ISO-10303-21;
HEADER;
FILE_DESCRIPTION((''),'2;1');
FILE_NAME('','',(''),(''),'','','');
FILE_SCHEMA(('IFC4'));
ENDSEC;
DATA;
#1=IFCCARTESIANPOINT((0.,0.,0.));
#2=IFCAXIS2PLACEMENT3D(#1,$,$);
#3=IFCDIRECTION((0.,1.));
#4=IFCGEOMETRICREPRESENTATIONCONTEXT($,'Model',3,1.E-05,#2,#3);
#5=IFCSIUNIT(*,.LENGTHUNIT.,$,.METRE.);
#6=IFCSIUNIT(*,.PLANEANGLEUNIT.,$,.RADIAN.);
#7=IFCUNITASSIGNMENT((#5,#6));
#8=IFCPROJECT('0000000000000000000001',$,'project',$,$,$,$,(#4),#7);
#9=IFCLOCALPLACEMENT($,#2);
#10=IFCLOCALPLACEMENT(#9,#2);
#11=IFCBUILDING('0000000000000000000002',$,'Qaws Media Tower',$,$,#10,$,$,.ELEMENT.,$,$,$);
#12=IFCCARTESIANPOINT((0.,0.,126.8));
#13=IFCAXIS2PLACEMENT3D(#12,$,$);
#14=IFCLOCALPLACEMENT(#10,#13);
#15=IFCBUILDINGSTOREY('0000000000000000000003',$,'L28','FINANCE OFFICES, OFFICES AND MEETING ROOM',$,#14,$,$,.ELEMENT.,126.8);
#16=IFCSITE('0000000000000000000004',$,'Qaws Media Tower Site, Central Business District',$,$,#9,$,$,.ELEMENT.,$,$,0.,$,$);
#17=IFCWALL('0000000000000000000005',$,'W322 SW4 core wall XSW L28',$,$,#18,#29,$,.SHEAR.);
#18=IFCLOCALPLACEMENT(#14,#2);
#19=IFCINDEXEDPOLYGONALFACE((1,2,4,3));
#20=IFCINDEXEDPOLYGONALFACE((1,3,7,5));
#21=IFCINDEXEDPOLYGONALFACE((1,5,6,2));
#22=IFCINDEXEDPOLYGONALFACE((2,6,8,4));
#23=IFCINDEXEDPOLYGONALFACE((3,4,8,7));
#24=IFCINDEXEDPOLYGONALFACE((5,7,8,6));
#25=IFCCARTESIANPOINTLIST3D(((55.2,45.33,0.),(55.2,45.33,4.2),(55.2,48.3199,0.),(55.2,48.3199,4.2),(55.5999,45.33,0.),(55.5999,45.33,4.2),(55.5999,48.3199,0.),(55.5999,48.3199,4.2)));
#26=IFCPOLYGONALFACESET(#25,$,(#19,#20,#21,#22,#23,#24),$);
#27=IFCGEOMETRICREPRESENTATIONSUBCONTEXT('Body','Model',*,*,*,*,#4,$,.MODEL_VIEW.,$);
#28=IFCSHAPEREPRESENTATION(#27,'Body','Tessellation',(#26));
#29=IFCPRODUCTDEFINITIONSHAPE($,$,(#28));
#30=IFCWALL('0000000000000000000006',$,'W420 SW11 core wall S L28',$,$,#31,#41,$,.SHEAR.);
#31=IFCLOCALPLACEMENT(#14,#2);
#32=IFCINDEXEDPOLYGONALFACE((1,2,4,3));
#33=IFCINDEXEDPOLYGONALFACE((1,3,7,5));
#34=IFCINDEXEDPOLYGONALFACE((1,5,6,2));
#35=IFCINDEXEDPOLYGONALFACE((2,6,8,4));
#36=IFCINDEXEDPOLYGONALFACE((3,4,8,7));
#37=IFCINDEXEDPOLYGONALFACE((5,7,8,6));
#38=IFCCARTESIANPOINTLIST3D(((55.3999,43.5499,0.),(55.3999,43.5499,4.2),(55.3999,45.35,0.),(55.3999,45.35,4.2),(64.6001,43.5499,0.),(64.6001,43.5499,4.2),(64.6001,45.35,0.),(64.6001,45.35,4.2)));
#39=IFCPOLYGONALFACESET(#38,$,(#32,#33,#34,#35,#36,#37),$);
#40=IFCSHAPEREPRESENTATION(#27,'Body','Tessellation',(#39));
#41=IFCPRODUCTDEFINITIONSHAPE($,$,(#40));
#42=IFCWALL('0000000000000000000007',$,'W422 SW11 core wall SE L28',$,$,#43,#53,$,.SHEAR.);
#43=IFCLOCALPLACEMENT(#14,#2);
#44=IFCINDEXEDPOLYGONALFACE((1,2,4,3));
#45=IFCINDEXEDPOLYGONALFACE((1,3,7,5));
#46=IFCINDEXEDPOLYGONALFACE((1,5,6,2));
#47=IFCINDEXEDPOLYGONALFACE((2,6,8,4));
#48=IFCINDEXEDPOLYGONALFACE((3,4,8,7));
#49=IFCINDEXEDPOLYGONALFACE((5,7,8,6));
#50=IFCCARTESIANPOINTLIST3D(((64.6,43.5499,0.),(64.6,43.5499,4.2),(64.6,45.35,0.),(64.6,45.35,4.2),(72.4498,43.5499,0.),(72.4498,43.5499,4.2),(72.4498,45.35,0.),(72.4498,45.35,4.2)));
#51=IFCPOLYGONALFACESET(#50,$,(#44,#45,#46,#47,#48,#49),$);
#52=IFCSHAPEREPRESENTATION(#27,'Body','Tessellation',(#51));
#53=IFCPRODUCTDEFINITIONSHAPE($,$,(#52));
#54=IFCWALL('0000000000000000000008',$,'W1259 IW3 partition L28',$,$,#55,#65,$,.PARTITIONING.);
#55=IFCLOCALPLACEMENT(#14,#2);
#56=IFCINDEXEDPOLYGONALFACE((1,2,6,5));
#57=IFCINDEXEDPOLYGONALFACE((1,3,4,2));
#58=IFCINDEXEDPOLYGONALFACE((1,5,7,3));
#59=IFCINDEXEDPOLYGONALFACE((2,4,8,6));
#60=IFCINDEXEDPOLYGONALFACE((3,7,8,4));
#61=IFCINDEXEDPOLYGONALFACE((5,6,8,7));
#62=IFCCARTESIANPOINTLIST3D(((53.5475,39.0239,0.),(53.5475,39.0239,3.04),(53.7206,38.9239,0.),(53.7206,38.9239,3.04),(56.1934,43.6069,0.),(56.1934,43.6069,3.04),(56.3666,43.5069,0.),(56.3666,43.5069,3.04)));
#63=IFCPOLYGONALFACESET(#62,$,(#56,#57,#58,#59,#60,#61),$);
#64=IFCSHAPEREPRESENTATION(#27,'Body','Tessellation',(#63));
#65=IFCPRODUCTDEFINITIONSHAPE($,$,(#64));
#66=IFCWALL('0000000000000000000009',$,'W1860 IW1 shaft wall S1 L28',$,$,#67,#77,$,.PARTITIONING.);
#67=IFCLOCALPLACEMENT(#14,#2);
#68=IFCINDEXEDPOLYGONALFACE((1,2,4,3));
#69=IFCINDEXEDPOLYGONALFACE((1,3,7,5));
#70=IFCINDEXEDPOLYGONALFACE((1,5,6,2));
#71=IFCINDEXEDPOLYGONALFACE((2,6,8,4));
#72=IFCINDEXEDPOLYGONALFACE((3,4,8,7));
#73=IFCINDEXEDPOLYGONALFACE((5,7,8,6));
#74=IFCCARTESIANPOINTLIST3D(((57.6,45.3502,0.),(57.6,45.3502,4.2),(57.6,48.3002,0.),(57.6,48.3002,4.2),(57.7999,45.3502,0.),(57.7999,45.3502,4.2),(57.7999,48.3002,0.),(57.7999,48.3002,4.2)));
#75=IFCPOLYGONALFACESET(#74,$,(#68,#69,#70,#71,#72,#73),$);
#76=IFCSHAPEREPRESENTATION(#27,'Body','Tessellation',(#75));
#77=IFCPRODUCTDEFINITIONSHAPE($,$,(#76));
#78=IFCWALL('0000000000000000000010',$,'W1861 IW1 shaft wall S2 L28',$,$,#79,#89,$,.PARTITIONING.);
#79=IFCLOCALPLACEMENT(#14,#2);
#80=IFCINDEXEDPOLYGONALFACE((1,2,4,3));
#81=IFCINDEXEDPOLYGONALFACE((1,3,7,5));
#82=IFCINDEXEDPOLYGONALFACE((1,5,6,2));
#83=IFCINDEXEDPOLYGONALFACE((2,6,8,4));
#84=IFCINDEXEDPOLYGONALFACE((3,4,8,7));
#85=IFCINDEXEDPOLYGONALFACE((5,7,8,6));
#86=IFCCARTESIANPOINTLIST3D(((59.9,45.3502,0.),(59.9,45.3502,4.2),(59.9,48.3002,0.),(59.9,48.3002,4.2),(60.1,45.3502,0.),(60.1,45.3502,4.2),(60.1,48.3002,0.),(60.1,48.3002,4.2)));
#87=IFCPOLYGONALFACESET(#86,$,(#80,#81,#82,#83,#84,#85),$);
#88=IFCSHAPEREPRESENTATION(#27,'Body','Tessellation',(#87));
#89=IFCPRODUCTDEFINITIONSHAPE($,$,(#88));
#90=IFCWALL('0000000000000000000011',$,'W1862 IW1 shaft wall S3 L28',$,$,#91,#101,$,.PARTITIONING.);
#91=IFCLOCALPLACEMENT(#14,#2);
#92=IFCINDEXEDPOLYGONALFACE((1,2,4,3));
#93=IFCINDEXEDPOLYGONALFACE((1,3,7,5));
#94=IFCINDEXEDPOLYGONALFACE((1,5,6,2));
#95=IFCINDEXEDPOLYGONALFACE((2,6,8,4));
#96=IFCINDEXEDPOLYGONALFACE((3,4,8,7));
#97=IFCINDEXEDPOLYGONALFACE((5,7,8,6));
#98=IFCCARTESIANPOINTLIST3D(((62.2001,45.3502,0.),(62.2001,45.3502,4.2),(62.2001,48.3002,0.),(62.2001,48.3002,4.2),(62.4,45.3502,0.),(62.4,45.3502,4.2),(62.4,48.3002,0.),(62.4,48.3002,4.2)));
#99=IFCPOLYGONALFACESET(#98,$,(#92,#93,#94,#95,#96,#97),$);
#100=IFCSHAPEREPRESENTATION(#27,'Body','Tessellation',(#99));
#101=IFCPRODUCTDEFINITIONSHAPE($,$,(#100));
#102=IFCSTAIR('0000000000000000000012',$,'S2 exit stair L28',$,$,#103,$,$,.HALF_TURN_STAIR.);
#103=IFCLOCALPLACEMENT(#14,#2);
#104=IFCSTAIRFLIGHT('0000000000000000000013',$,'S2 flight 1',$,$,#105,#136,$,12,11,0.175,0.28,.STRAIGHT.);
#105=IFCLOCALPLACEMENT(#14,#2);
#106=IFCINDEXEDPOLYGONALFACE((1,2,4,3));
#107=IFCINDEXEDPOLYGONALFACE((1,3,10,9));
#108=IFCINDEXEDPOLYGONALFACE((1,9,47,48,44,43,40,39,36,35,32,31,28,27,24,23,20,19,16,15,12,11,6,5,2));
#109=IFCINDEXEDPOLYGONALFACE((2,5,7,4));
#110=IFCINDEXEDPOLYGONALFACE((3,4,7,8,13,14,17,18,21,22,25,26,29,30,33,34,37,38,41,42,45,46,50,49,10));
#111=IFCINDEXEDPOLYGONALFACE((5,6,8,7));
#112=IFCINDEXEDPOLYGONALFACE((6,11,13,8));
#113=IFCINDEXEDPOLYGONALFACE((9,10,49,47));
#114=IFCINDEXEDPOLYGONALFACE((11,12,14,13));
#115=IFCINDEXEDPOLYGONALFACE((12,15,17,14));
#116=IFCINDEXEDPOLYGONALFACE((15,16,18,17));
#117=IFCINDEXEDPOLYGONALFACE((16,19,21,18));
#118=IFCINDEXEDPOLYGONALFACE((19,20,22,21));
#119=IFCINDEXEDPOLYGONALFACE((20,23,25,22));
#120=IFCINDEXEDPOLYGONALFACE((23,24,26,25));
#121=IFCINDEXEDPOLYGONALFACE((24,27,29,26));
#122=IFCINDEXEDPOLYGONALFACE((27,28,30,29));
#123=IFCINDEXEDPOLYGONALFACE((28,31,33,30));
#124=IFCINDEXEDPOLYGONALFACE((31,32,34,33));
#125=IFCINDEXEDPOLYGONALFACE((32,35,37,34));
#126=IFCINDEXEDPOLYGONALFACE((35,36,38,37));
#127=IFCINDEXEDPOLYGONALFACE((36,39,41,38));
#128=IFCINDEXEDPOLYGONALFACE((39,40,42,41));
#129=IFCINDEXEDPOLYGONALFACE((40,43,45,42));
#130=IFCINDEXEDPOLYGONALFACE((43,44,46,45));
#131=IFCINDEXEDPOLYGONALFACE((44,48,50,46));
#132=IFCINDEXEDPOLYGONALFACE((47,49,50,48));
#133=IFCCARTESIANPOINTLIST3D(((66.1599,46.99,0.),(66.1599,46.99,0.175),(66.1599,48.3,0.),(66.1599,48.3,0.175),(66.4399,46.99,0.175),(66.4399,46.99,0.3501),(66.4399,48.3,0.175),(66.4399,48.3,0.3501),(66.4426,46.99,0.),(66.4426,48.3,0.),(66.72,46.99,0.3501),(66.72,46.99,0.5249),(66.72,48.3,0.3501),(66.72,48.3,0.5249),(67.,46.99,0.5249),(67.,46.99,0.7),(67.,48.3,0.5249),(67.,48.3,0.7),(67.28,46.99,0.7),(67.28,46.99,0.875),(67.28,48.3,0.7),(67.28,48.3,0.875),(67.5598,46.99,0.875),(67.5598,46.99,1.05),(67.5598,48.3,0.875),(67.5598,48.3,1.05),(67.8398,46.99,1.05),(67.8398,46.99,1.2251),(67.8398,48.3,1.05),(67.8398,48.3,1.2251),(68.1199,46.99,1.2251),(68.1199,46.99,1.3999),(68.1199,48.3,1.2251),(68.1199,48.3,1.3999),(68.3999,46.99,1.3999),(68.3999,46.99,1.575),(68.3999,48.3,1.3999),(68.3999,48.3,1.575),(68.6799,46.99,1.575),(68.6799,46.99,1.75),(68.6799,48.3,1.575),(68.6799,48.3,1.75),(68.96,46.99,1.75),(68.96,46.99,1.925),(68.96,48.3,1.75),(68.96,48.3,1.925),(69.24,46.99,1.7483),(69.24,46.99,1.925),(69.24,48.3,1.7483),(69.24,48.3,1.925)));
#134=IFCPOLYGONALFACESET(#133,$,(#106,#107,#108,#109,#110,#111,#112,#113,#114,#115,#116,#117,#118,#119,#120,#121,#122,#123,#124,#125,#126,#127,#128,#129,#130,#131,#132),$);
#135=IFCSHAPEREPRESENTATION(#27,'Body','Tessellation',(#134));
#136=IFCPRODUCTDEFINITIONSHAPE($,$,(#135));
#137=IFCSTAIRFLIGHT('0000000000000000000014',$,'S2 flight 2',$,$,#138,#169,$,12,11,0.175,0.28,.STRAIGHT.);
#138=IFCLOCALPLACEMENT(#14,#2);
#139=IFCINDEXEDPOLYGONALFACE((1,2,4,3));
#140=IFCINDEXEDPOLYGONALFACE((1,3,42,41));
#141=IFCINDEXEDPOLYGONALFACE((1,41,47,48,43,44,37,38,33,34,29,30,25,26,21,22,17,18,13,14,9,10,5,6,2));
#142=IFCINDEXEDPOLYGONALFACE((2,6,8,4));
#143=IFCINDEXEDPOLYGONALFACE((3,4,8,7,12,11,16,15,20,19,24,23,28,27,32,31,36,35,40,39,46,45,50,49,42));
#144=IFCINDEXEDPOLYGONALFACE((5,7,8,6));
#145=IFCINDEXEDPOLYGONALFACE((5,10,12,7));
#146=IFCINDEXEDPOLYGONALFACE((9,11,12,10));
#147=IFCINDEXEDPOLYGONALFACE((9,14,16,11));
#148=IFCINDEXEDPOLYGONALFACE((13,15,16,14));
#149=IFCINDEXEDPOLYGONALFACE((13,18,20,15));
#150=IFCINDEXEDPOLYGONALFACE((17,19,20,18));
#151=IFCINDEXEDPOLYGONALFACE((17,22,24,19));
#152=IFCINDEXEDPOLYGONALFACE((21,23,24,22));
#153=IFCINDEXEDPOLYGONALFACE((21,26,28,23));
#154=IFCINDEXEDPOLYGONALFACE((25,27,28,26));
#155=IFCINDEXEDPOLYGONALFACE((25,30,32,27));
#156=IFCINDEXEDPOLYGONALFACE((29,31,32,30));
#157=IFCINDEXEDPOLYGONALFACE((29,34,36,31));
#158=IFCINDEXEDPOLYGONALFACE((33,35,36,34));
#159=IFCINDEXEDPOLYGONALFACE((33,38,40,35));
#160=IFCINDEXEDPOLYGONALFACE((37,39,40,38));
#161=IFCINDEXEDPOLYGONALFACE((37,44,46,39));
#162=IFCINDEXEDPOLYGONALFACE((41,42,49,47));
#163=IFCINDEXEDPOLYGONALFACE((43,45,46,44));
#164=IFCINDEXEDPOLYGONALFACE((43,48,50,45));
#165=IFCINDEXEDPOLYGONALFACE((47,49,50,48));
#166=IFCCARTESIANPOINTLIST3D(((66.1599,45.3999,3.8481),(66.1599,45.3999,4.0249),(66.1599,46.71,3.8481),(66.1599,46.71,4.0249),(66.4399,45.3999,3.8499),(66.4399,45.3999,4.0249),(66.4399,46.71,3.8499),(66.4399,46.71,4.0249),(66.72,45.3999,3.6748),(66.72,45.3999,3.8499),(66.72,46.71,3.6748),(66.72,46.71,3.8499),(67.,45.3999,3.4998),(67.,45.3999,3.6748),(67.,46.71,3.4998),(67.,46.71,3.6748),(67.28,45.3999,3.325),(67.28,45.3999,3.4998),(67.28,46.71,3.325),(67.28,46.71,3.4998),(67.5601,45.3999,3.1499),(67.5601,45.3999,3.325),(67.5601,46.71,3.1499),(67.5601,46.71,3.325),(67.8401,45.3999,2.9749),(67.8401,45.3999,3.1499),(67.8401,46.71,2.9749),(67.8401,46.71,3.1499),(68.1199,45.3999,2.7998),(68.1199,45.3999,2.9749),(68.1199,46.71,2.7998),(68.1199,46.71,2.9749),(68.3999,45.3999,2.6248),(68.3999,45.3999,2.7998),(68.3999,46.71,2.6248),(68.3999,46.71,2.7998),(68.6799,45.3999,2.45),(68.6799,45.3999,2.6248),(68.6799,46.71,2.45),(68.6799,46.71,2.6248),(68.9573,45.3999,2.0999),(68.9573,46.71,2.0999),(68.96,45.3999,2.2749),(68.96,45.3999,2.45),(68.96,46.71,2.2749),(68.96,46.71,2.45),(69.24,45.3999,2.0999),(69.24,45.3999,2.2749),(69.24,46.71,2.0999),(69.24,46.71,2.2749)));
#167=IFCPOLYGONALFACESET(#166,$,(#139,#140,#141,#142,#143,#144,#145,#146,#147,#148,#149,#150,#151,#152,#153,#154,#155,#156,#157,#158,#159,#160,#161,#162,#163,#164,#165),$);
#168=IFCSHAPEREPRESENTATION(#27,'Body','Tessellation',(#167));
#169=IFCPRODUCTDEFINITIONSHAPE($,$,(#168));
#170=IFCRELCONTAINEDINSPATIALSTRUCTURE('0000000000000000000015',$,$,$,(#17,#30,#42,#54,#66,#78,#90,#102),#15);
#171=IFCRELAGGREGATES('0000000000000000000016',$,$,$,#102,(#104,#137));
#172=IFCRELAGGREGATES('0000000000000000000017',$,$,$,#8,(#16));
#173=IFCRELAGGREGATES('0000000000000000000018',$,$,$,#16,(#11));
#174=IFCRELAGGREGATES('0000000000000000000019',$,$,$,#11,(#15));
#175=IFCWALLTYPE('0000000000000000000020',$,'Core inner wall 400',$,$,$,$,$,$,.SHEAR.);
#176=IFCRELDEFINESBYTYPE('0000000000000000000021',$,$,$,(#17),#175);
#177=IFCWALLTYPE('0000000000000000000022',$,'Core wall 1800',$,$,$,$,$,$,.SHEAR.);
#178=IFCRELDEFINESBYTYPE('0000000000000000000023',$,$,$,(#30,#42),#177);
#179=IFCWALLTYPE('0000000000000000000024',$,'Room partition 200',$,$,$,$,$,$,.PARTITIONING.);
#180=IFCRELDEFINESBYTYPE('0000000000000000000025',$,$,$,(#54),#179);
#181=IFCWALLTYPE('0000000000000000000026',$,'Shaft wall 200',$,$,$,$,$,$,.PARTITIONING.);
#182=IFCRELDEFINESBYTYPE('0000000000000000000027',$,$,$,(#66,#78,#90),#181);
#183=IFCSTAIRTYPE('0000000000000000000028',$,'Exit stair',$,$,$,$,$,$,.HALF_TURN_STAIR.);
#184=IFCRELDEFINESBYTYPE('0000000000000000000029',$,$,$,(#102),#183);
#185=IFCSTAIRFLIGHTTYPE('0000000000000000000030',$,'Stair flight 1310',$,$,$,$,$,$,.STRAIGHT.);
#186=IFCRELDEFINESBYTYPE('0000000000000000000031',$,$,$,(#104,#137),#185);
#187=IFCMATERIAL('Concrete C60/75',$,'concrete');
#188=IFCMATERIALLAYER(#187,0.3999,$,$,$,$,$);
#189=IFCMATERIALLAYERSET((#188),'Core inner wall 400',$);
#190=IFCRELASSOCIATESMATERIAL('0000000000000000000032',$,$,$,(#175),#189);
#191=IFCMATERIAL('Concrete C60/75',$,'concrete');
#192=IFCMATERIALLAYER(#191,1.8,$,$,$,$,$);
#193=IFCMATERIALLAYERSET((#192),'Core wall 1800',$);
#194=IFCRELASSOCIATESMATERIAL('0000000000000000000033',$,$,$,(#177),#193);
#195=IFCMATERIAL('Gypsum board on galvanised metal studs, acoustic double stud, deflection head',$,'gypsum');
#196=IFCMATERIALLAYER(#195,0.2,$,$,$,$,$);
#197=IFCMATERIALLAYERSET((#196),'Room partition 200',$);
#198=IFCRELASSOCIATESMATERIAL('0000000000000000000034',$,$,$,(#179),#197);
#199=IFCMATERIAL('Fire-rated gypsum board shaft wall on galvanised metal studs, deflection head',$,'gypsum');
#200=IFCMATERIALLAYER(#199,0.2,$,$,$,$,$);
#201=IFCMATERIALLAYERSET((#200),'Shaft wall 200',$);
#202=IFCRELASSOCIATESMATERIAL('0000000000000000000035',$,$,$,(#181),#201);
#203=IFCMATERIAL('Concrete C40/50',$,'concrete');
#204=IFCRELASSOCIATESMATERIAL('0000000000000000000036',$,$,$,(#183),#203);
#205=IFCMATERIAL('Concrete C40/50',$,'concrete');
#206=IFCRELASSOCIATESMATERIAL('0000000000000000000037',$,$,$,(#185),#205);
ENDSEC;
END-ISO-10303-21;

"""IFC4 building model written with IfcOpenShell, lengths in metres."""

from ifc_helpers import new_model, si_unit, direction, frame, frame_2d, origin, place, context, subcontext, project, spatial, polyline, rectangle, outline, extrude, material, layer, layer_set, type_object, element, aggregate, save


model = new_model("IFC4")

# Units and contexts
model_context = context("Model", 3, precision=1e-05, world=origin(), true_north=direction((0.0, 1.0)))
body_context = subcontext(model_context, "Body", "Model", "MODEL_VIEW")
ifc_project = project(units=[si_unit("LENGTHUNIT", "METRE"), si_unit("PLANEANGLEUNIT", "RADIAN")], contexts=[model_context])

# Site, building, storey
site_placement = place(None, origin())
site = spatial("IfcSite", under=ifc_project, at=site_placement, Name="Qaws Media Tower Site, Central Business District", CompositionType="ELEMENT", RefElevation=0.0)
building_placement = place(site_placement, origin())
building = spatial("IfcBuilding", under=site, at=building_placement, Name="Qaws Media Tower", CompositionType="ELEMENT")
storey_placement = place(building_placement, frame((0.0, 0.0, 126.8)))
storey = spatial("IfcBuildingStorey", under=building, at=storey_placement, Name="L28", Description="FINANCE OFFICES, OFFICES AND MEETING ROOM", CompositionType="ELEMENT", Elevation=126.8)

# Walls
ifc_material_1 = material(Name="Concrete C60/75", Category="concrete")
ifc_layer_1 = layer(ifc_material_1, 0.3999)
ifc_layer_set_1 = layer_set([ifc_layer_1], Name="Core inner wall 400")
wall_type_1 = type_object("IfcWallType", Name="Core inner wall 400", PredefinedType="SHEAR", material=ifc_layer_set_1)
wall_1_placement = place(storey_placement, frame((55.3999, 48.3201, 0.0), z_axis=(0.0, 0.0, 1.0), x_axis=(0.0, -1.0, 0.0)))
element("IfcWall", 1, at=wall_1_placement, inside=storey, type_object=wall_type_1, Name="W322 SW4 core wall XSW L28", PredefinedType="SHEAR", context=body_context, shape_type="SweptSolid", body=[
    extrude(rectangle(XDim=2.99, YDim=0.3999, at=frame_2d((1.4951, 0.0))), origin(), (0.0, 0.0, 1.0), 4.2),
])
ifc_material_2 = material(Name="Concrete C60/75", Category="concrete")
ifc_layer_2 = layer(ifc_material_2, 1.8)
ifc_layer_set_2 = layer_set([ifc_layer_2], Name="Core wall 1800")
wall_type_2 = type_object("IfcWallType", Name="Core wall 1800", PredefinedType="SHEAR", material=ifc_layer_set_2)
wall_2_placement = place(storey_placement, frame((55.3999, 44.45, 0.0), z_axis=(0.0, 0.0, 1.0), x_axis=(1.0, 0.0, 0.0)))
element("IfcWall", 2, at=wall_2_placement, inside=storey, type_object=wall_type_2, Name="W420 SW11 core wall S L28", PredefinedType="SHEAR", context=body_context, shape_type="SweptSolid", body=[
    extrude(rectangle(XDim=9.2002, YDim=1.8, at=frame_2d((4.6001, 0.0))), origin(), (0.0, 0.0, 1.0), 4.2),
])
wall_3_placement = place(storey_placement, frame((64.6001, 44.45, 0.0), z_axis=(0.0, 0.0, 1.0), x_axis=(1.0, 0.0, 0.0)))
element("IfcWall", 3, at=wall_3_placement, inside=storey, type_object=wall_type_2, Name="W422 SW11 core wall SE L28", PredefinedType="SHEAR", context=body_context, shape_type="SweptSolid", body=[
    extrude(rectangle(XDim=7.8499, YDim=1.8, at=frame_2d((3.9248, 0.0))), origin(), (0.0, 0.0, 1.0), 4.2),
])
ifc_material_3 = material(Name="Gypsum board on galvanised metal studs, acoustic double stud, deflection head", Category="gypsum")
ifc_layer_3 = layer(ifc_material_3, 0.2)
ifc_layer_set_3 = layer_set([ifc_layer_3], Name="Room partition 200")
wall_type_3 = type_object("IfcWallType", Name="Room partition 200", PredefinedType="PARTITIONING", material=ifc_layer_set_3)
wall_4_placement = place(storey_placement, frame((56.28, 43.5569, 0.0), z_axis=(0.0, 0.0, 1.0), x_axis=(-0.499999, -0.866026, 0.0)))
element("IfcWall", 4, at=wall_4_placement, inside=storey, type_object=wall_type_3, Name="W1259 IW3 partition L28", PredefinedType="PARTITIONING", context=body_context, shape_type="SweptSolid", body=[
    extrude(rectangle(XDim=5.292, YDim=0.2, at=frame_2d((2.646, 0.0))), origin(), (0.0, 0.0, 1.0), 3.04),
])
ifc_material_4 = material(Name="Fire-rated gypsum board shaft wall on galvanised metal studs, deflection head", Category="gypsum")
ifc_layer_4 = layer(ifc_material_4, 0.2)
ifc_layer_set_4 = layer_set([ifc_layer_4], Name="Shaft wall 200")
wall_type_4 = type_object("IfcWallType", Name="Shaft wall 200", PredefinedType="PARTITIONING", material=ifc_layer_set_4)
for number, where, z_axis, x_axis, name in (
    (5, (57.7, 45.3501, 0.0), (0.0, 0.0, 1.0), (0.0, 1.0, 0.0), "W1860 IW1 shaft wall S1 L28"),
    (6, (60.0, 45.3501, 0.0), (0.0, 0.0, 1.0), (0.0, 1.0, 0.0), "W1861 IW1 shaft wall S2 L28"),
    (7, (62.3, 45.3501, 0.0), (0.0, 0.0, 1.0), (0.0, 1.0, 0.0), "W1862 IW1 shaft wall S3 L28"),
):
    element("IfcWall", number, at=place(storey_placement, frame(where, z_axis=z_axis, x_axis=x_axis)), inside=storey, type_object=wall_type_4, Name=name, PredefinedType="PARTITIONING", context=body_context, shape_type="SweptSolid", body=[
        extrude(rectangle(XDim=2.95, YDim=0.2, at=frame_2d((1.4751, 0.0))), origin(), (0.0, 0.0, 1.0), 4.2),
    ])

# Stair, stair flights
ifc_material_5 = material(Name="Concrete C40/50", Category="concrete")
stair_type = type_object("IfcStairType", Name="Exit stair", PredefinedType="HALF_TURN_STAIR", material=ifc_material_5)
stair_placement = place(storey_placement, origin())
stair = element("IfcStair", 8, at=stair_placement, inside=storey, type_object=stair_type, Name="S2 exit stair L28", PredefinedType="HALF_TURN_STAIR")
ifc_material_6 = material(Name="Concrete C40/50", Category="concrete")
stair_flight_type = type_object("IfcStairFlightType", Name="Stair flight 1310", PredefinedType="STRAIGHT", material=ifc_material_6)
stair_flight_1_placement = place(storey_placement, frame((66.1599, 47.645, 0.0), z_axis=(0.0, 0.0, 1.0), x_axis=(1.0, 0.0, 0.0)))
stair_flight_1 = element("IfcStairFlight", 9, at=stair_flight_1_placement, type_object=stair_flight_type, Name="S2 flight 1", NumberOfRisers=12, NumberOfTreads=11, PredefinedType="STRAIGHT", RiserHeight=0.175, TreadLength=0.28, context=body_context, shape_type="SweptSolid", body=[
    extrude(outline(polyline([(0.0, 0.0), (0.0, 0.175), (0.28, 0.175), (0.28, 0.3501), (0.5601, 0.3501), (0.5601, 0.5249), (0.8401, 0.5249), (0.8401, 0.7), (1.1201, 0.7), (1.1201, 0.875), (1.3999, 0.875), (1.3999, 1.05), (1.6799, 1.05), (1.6799, 1.2251), (1.96, 1.2251), (1.96, 1.3999), (2.24, 1.3999), (2.24, 1.575), (2.52, 1.575), (2.52, 1.75), (2.8, 1.75), (2.8, 1.925), (3.0801, 1.925), (3.0801, 2.1001), (3.0801, 1.7483), (0.2827, 0.0), (0.0, 0.0)])), frame((0.0, 0.655, 0.0), z_axis=(0.0, -1.0, 0.0), x_axis=(1.0, 0.0, 0.0)), (0.0, 0.0, 1.0), 1.3101),
])
stair_flight_2_placement = place(storey_placement, frame((69.24, 46.0549, 2.0999), z_axis=(0.0, 0.0, 1.0), x_axis=(-1.0, 0.0, 0.0)))
stair_flight_2 = element("IfcStairFlight", 10, at=stair_flight_2_placement, type_object=stair_flight_type, Name="S2 flight 2", NumberOfRisers=12, NumberOfTreads=11, PredefinedType="STRAIGHT", RiserHeight=0.175, TreadLength=0.28, context=body_context, shape_type="SweptSolid", body=[
    extrude(outline(polyline([(0.0, 0.0), (0.0, 0.175), (0.28, 0.175), (0.28, 0.3501), (0.5601, 0.3501), (0.5601, 0.5249), (0.8401, 0.5249), (0.8401, 0.7), (1.1201, 0.7), (1.1201, 0.875), (1.3999, 0.875), (1.3999, 1.05), (1.6799, 1.05), (1.6799, 1.2251), (1.96, 1.2251), (1.96, 1.3999), (2.24, 1.3999), (2.24, 1.575), (2.52, 1.575), (2.52, 1.75), (2.8, 1.75), (2.8, 1.925), (3.0801, 1.925), (3.0801, 2.1001), (3.0801, 1.7483), (0.2827, 0.0), (0.0, 0.0)])), frame((0.0, 0.655, 0.0), z_axis=(0.0, -1.0, 0.0), x_axis=(1.0, 0.0, 0.0)), (0.0, 0.0, 1.0), 1.3101),
])
aggregate(stair, [stair_flight_1, stair_flight_2])

save(model, "model.ifc")
